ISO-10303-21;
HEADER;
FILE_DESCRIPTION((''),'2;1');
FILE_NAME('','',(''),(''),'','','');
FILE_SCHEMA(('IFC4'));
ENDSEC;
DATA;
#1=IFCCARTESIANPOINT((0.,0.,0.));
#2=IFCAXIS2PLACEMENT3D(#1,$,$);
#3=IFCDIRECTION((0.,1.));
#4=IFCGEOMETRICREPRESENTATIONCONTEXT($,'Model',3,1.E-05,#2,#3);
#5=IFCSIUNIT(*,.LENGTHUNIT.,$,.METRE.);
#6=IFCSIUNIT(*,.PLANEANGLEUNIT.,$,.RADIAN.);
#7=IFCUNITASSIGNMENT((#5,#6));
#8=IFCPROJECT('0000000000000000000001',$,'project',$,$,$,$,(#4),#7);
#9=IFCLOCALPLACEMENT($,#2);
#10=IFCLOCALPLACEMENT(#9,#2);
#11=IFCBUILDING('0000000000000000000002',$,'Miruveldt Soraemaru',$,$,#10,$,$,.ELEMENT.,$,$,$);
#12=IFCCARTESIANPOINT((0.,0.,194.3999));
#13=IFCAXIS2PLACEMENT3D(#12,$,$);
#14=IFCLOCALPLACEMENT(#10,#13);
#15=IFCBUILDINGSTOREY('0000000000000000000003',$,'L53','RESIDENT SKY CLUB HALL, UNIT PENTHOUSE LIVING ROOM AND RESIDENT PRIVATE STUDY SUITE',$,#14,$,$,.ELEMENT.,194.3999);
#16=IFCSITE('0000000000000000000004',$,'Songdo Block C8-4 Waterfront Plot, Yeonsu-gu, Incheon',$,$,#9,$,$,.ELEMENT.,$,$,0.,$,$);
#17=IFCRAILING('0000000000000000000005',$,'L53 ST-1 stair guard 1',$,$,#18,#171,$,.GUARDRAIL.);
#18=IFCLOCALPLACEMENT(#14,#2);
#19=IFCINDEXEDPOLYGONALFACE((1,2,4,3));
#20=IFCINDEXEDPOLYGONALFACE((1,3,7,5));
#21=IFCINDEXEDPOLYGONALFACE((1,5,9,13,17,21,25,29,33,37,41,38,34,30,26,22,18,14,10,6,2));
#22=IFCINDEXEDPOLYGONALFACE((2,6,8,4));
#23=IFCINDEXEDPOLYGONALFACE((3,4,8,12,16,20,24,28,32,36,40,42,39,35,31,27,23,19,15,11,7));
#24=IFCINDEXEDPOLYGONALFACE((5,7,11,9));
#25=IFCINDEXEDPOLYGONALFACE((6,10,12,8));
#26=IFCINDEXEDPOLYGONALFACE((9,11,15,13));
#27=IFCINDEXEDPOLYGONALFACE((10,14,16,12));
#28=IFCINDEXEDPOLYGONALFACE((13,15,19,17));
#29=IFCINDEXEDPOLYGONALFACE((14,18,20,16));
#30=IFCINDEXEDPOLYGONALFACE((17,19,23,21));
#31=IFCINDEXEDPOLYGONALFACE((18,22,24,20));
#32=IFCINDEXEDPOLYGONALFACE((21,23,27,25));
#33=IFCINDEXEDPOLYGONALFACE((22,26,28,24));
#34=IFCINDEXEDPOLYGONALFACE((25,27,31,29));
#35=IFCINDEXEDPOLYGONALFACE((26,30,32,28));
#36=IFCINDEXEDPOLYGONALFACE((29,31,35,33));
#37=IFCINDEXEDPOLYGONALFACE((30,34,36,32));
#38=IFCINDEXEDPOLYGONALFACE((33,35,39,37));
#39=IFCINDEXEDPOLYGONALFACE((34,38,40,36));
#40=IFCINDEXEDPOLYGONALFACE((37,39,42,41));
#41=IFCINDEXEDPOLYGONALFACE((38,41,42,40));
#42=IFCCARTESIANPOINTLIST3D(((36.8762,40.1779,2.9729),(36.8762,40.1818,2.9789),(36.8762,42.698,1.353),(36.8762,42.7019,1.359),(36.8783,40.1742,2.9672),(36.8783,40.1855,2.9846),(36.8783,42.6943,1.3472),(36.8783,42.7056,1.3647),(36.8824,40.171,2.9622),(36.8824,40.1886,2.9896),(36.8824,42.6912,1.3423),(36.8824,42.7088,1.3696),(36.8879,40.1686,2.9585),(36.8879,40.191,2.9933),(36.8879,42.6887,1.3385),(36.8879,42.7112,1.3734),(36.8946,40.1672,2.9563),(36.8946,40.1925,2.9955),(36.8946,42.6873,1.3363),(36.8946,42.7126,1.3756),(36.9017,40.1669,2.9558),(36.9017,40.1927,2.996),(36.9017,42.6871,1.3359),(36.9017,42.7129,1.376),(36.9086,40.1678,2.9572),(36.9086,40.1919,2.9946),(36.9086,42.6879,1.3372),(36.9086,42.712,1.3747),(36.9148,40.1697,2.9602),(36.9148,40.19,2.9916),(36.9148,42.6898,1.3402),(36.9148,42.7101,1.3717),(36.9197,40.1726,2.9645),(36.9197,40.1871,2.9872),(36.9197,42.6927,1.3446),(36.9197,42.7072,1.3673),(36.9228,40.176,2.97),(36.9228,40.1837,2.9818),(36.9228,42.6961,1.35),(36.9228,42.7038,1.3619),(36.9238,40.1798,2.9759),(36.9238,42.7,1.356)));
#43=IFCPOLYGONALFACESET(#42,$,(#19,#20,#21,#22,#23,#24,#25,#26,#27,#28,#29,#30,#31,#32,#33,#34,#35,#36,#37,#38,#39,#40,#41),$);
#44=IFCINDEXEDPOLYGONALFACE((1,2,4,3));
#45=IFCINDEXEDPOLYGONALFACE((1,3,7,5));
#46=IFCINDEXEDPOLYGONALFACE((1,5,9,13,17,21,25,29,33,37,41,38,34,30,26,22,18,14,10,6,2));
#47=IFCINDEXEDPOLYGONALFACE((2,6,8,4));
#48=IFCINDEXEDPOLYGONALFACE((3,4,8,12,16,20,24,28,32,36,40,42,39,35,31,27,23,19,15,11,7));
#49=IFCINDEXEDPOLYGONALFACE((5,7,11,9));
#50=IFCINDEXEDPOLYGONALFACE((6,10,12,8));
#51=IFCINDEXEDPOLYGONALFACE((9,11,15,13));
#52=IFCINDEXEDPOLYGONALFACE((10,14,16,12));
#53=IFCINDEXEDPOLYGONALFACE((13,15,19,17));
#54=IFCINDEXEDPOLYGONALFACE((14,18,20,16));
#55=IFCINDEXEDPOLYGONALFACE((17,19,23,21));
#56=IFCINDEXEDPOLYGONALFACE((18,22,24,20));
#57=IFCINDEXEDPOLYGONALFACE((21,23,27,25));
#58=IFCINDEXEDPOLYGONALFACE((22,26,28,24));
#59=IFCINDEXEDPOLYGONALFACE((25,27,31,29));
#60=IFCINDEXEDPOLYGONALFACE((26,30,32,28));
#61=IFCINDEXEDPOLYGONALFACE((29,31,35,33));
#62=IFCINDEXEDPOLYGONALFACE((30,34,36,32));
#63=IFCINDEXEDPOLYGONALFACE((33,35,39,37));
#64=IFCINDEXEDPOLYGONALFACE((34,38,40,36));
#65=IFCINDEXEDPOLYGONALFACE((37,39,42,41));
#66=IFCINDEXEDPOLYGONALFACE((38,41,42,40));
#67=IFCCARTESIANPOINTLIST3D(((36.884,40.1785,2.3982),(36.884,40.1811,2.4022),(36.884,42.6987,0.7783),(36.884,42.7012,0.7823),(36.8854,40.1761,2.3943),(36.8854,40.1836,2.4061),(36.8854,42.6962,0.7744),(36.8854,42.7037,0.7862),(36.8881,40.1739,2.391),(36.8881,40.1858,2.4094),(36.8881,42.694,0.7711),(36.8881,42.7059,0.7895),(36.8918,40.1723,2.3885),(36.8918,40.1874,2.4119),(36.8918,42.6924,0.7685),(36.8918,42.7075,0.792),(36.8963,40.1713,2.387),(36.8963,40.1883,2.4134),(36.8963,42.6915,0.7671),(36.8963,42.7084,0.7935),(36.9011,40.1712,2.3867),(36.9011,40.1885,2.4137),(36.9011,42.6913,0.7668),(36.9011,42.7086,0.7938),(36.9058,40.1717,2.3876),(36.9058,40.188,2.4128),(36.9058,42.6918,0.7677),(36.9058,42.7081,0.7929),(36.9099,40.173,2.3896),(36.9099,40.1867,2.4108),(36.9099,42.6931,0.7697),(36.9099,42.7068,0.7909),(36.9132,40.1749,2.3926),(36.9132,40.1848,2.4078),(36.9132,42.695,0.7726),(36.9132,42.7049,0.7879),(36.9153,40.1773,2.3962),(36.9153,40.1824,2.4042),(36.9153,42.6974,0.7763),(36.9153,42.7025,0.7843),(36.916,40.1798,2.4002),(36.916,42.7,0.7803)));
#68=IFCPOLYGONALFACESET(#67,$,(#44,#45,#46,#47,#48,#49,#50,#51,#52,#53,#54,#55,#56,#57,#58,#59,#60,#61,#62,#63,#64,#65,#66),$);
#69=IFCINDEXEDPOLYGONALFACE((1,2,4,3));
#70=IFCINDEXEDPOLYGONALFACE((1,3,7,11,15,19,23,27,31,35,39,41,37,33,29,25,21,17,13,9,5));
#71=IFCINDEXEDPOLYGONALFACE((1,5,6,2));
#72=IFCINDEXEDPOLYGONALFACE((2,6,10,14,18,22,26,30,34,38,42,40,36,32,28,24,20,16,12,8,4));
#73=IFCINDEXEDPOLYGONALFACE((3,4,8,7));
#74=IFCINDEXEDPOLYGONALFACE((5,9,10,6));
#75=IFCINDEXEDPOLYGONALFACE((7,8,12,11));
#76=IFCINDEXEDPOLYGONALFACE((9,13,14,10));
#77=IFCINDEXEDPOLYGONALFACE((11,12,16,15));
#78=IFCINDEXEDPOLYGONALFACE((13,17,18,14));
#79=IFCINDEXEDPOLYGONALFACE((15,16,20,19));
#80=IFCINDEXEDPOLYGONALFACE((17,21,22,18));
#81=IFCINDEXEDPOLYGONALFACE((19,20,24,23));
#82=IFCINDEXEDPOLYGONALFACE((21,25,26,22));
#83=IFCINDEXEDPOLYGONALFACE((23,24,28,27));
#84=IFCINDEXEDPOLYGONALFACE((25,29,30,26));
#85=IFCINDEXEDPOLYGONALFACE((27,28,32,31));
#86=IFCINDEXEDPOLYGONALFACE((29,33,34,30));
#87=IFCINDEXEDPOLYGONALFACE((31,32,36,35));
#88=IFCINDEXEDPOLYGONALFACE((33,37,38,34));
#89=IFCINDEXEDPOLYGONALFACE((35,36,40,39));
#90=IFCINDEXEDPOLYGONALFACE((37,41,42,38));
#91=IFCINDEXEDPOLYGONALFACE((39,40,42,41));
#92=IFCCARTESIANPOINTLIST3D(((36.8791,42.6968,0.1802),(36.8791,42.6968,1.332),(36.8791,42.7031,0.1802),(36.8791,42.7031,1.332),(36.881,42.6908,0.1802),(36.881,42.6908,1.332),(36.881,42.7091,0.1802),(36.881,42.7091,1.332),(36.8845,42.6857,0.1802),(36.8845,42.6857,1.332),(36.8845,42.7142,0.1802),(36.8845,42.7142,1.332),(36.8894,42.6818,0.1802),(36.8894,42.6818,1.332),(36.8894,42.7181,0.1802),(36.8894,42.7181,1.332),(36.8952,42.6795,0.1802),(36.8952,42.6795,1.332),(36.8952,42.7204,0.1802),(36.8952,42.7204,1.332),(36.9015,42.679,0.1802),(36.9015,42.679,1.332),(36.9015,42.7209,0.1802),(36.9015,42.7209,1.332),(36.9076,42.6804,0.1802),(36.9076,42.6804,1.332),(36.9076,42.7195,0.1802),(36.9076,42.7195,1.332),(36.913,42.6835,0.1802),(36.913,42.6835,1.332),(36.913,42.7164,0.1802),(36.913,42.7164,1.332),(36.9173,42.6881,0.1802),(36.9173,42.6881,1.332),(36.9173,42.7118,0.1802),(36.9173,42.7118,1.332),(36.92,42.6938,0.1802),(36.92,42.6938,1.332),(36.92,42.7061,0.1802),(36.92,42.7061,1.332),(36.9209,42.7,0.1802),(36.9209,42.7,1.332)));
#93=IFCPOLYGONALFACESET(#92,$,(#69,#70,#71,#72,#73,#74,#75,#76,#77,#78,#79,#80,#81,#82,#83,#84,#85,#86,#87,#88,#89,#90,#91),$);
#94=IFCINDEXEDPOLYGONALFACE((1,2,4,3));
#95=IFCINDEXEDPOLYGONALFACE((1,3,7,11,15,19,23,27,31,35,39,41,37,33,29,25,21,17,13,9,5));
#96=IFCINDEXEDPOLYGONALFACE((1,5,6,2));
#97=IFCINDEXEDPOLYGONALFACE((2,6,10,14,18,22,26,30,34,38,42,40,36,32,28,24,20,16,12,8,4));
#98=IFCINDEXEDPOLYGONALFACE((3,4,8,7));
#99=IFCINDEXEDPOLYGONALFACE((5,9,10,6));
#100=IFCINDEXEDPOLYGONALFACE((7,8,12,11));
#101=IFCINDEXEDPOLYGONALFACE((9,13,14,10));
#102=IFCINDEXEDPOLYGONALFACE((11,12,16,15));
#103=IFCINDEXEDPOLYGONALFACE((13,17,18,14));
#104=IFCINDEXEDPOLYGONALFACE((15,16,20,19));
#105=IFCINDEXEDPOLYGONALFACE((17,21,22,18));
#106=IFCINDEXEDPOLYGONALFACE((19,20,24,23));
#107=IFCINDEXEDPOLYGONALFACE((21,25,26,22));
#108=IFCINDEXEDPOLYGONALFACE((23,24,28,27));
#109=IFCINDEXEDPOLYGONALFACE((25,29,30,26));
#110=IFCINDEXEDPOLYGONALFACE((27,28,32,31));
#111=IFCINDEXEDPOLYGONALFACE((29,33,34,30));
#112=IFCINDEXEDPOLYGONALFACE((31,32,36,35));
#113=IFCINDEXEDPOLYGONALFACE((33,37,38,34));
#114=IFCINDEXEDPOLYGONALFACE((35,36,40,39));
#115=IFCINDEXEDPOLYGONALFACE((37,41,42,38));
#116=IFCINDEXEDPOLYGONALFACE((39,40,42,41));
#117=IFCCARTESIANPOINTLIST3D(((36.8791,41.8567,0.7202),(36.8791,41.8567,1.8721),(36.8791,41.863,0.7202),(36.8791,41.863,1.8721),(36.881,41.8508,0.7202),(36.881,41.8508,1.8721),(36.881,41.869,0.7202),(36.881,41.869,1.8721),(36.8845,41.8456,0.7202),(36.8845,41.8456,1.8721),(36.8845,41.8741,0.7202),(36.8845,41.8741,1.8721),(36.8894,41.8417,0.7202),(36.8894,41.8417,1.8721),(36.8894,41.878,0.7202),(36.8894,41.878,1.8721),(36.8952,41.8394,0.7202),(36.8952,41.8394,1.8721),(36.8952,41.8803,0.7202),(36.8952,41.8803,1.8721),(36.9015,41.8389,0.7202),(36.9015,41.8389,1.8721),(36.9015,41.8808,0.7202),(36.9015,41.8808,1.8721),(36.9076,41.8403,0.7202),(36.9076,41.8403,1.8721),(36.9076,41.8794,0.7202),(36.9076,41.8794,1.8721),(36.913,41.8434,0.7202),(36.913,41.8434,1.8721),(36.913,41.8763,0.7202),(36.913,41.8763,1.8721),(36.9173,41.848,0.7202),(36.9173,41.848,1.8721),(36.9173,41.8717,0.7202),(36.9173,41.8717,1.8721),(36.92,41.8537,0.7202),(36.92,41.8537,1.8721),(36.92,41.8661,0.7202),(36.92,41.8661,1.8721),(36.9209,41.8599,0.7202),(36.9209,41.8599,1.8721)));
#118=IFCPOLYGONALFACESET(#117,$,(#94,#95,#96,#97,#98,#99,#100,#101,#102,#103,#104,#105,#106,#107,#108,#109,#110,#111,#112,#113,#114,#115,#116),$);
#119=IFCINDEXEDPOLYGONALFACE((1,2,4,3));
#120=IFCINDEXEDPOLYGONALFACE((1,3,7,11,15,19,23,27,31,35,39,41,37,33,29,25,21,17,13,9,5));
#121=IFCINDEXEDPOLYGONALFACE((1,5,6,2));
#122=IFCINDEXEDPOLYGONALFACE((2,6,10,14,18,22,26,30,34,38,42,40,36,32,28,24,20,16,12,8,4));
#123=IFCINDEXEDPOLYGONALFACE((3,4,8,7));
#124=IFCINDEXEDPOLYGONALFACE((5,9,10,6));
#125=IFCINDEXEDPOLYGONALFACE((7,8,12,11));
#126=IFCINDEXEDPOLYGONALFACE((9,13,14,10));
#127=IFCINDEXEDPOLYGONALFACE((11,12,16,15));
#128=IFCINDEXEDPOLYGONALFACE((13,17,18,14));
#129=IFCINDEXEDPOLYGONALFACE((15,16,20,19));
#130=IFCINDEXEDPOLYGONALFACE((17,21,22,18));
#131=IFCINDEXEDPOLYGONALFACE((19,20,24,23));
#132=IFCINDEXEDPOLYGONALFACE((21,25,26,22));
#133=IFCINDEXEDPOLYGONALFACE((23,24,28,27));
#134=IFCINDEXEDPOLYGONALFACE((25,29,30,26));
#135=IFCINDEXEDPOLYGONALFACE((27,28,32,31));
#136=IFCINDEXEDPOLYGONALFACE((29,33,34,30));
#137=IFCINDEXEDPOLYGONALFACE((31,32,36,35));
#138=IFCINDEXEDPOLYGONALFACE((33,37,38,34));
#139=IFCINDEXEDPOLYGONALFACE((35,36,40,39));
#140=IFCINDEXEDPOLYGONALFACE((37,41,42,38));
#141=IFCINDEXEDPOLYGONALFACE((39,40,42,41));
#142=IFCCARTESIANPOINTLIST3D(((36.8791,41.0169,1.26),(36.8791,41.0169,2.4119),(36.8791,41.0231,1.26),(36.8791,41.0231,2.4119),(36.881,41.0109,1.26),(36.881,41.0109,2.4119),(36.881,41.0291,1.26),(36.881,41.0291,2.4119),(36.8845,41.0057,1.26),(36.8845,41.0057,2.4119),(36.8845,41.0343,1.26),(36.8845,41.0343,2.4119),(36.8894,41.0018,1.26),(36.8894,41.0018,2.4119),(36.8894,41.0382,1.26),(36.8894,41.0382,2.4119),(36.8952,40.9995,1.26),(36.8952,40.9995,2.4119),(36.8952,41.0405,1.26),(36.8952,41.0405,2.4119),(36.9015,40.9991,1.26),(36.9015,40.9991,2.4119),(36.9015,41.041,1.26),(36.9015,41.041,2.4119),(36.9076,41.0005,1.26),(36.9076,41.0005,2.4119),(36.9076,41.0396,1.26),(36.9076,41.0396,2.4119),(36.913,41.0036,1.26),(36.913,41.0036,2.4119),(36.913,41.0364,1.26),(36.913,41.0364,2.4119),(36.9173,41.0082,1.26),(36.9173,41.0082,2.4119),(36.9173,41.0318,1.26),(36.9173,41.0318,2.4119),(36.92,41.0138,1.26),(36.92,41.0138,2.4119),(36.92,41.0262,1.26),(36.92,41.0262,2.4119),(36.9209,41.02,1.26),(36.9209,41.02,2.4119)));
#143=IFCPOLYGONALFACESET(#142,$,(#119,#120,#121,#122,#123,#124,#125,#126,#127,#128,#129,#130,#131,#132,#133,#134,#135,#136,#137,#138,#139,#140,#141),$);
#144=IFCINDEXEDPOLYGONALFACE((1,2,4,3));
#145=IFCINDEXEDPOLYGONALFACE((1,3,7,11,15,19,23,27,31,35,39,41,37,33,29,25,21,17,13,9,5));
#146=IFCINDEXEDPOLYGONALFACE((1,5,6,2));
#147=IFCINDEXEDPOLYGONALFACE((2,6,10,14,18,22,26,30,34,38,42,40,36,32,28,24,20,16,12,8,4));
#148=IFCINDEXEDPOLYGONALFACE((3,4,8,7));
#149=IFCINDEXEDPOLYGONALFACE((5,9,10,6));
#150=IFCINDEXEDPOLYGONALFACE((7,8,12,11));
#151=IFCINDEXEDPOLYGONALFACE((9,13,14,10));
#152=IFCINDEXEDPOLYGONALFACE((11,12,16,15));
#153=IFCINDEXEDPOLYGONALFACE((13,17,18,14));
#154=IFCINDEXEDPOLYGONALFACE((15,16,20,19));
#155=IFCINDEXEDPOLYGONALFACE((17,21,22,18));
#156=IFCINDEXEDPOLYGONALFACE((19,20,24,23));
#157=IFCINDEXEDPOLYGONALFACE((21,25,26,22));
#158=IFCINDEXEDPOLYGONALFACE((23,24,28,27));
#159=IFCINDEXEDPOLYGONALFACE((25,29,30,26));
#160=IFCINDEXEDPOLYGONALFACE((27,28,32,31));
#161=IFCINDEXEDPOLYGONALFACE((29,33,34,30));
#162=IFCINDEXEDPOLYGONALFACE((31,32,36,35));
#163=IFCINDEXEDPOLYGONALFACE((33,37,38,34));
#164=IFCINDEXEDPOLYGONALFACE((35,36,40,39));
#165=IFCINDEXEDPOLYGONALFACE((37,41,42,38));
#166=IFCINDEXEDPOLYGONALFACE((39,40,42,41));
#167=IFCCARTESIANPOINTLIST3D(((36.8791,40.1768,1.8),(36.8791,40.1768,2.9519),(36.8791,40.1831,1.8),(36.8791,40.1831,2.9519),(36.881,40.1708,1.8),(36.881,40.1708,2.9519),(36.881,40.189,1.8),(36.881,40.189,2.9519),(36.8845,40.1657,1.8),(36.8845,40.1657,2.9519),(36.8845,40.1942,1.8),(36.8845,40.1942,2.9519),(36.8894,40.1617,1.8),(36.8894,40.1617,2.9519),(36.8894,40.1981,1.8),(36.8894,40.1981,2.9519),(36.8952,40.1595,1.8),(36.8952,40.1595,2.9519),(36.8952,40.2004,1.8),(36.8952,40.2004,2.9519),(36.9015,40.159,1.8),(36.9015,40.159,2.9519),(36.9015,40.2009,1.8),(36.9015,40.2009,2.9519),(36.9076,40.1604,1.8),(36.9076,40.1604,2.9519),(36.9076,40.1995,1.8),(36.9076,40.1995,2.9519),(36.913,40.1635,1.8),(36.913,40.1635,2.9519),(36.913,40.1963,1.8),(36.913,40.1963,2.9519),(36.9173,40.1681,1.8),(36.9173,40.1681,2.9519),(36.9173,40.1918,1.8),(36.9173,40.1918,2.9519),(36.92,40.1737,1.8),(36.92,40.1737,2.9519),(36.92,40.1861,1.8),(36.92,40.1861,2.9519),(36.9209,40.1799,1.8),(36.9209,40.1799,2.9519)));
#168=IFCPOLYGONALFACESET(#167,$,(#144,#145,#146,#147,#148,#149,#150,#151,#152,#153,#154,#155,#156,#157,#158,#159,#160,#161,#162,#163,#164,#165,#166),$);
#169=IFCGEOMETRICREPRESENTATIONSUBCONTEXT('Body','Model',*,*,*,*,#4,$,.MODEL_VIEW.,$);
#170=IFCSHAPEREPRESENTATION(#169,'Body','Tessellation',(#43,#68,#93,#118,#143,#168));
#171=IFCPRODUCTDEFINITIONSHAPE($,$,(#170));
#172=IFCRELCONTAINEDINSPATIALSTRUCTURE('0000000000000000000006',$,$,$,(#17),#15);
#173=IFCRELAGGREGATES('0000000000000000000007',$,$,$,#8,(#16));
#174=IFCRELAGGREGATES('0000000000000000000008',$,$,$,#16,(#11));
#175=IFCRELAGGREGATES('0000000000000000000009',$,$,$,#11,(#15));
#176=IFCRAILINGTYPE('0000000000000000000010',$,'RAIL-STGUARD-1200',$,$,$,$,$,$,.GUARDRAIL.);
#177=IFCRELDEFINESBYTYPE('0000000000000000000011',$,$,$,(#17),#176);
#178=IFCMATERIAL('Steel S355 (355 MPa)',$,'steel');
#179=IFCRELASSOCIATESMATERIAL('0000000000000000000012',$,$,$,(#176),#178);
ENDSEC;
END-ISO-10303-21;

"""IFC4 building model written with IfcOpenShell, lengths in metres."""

from ifc_helpers import new_model, si_unit, direction, frame, origin, origin_2d, place, context, subcontext, project, spatial, circle, extrude, material, type_object, element, save


model = new_model("IFC4")

# Units and contexts
model_context = context("Model", 3, precision=1e-05, world=origin(), true_north=direction((0.0, 1.0)))
body_context = subcontext(model_context, "Body", "Model", "MODEL_VIEW")
ifc_project = project(units=[si_unit("LENGTHUNIT", "METRE"), si_unit("PLANEANGLEUNIT", "RADIAN")], contexts=[model_context])

# Site, building, storey
site_placement = place(None, origin())
site = spatial("IfcSite", under=ifc_project, at=site_placement, Name="Songdo Block C8-4 Waterfront Plot, Yeonsu-gu, Incheon", CompositionType="ELEMENT", RefElevation=0.0)
building_placement = place(site_placement, origin())
building = spatial("IfcBuilding", under=site, at=building_placement, Name="Miruveldt Soraemaru", CompositionType="ELEMENT")
storey_placement = place(building_placement, frame((0.0, 0.0, 194.3999)))
storey = spatial("IfcBuildingStorey", under=building, at=storey_placement, Name="L53", Description="RESIDENT SKY CLUB HALL, UNIT PENTHOUSE LIVING ROOM AND RESIDENT PRIVATE STUDY SUITE", CompositionType="ELEMENT", Elevation=194.3999)

# Railing
ifc_material_1 = material(Name="Steel S355 (355 MPa)", Category="steel")
railing_type = type_object("IfcRailingType", Name="RAIL-STGUARD-1200", PredefinedType="GUARDRAIL", material=ifc_material_1)
railing_1_placement = place(storey_placement, frame((36.8999, 42.7, 0.1802)))
element("IfcRailing", 1, at=railing_1_placement, inside=storey, type_object=railing_type, Name="L53 ST-1 stair guard 1", PredefinedType="GUARDRAIL", context=body_context, shape_type="SweptSolid", body=[
    extrude(circle(Radius=0.0239, at=origin_2d()), frame((0.0, 0.0, 1.1758), z_axis=(0.0, -0.8412, 0.540725), x_axis=(1.0, 0.0, 0.0)), (0.0, 0.0, 1.0), 2.9958),
    extrude(circle(Radius=0.0161, at=origin_2d()), frame((0.0, 0.0, 0.6001), z_axis=(0.0, -0.8412, 0.540725), x_axis=(1.0, 0.0, 0.0)), (0.0, 0.0, 1.0), 2.9958),
    extrude(circle(Radius=0.021, at=origin_2d()), origin(), (0.0, 0.0, 1.0), 1.1519),
    extrude(circle(Radius=0.021, at=origin_2d()), frame((0.0, -0.8401, 0.54)), (0.0, 0.0, 1.0), 1.1519),
    extrude(circle(Radius=0.021, at=origin_2d()), frame((0.0, -1.6799, 1.0798)), (0.0, 0.0, 1.0), 1.1519),
    extrude(circle(Radius=0.021, at=origin_2d()), frame((0.0, -2.52, 1.6199)), (0.0, 0.0, 1.0), 1.1519),
])

save(model, "model.ifc")
